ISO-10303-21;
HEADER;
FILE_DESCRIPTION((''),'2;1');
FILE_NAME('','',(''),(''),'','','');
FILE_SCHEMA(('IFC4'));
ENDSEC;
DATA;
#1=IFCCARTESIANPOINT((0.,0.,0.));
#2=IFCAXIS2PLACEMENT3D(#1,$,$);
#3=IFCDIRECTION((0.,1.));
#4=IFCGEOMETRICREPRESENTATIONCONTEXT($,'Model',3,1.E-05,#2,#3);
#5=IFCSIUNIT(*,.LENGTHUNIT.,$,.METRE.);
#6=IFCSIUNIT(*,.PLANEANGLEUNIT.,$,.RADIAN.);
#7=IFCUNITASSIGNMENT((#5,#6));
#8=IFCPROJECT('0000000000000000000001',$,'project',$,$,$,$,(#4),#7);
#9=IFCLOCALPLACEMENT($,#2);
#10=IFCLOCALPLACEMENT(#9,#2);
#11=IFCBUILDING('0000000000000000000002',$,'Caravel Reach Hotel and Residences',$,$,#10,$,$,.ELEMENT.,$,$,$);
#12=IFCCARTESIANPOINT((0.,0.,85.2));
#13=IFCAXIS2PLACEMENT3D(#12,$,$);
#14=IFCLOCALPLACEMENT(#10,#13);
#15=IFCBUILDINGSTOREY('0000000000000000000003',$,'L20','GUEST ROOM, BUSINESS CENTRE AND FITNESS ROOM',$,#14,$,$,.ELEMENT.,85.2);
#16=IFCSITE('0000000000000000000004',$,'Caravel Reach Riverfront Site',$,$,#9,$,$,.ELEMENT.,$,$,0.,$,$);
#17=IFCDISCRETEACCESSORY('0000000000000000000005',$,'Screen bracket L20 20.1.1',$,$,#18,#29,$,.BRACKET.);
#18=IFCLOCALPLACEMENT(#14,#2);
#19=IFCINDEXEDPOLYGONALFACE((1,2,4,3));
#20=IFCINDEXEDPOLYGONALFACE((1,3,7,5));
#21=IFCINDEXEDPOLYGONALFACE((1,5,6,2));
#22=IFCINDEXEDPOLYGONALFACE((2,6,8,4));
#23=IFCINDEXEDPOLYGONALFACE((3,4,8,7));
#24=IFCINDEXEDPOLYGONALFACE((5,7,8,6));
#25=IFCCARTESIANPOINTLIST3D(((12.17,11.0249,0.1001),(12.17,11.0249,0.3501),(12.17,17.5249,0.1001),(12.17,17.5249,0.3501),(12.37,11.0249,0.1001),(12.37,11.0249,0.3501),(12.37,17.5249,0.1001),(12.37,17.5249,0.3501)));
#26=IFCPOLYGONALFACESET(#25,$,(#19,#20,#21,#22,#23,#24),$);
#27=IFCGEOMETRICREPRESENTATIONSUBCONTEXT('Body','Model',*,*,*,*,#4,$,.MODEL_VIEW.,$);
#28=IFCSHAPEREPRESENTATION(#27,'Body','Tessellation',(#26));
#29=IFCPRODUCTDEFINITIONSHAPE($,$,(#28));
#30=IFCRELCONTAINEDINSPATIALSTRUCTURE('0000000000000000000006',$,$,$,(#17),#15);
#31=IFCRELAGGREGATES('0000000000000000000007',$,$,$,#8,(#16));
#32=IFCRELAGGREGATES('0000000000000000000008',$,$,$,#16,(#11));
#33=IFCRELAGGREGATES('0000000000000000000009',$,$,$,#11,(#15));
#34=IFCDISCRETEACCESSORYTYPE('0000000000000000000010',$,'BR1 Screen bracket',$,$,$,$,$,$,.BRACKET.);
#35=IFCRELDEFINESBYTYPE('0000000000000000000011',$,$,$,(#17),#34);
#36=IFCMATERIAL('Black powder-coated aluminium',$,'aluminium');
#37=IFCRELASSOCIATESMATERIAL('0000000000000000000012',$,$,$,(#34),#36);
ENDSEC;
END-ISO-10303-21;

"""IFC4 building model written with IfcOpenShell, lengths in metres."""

from ifc_helpers import new_model, si_unit, direction, frame, origin, origin_2d, place, context, subcontext, project, spatial, rectangle, extrude, material, type_object, element, save


model = new_model("IFC4")

# Units and contexts
model_context = context("Model", 3, precision=1e-05, world=origin(), true_north=direction((0.0, 1.0)))
body_context = subcontext(model_context, "Body", "Model", "MODEL_VIEW")
ifc_project = project(units=[si_unit("LENGTHUNIT", "METRE"), si_unit("PLANEANGLEUNIT", "RADIAN")], contexts=[model_context])

# Site, building, storey
site_placement = place(None, origin())
site = spatial("IfcSite", under=ifc_project, at=site_placement, Name="Caravel Reach Riverfront Site", CompositionType="ELEMENT", RefElevation=0.0)
building_placement = place(site_placement, origin())
building = spatial("IfcBuilding", under=site, at=building_placement, Name="Caravel Reach Hotel and Residences", CompositionType="ELEMENT")
storey_placement = place(building_placement, frame((0.0, 0.0, 85.2)))
storey = spatial("IfcBuildingStorey", under=building, at=storey_placement, Name="L20", Description="GUEST ROOM, BUSINESS CENTRE AND FITNESS ROOM", CompositionType="ELEMENT", Elevation=85.2)

# Discrete accessory
ifc_material_1 = material(Name="Black powder-coated aluminium", Category="aluminium")
discrete_accessory_type = type_object("IfcDiscreteAccessoryType", Name="BR1 Screen bracket", PredefinedType="BRACKET", material=ifc_material_1)
for number, where, z_axis, x_axis, name in (
    (1, (12.27, 14.2749, 0.1001), (0.0, 0.0, 1.0), (0.0, -1.0, 0.0), "Screen bracket L20 20.1.1"),
):
    element("IfcDiscreteAccessory", number, at=place(storey_placement, frame(where, z_axis=z_axis, x_axis=x_axis)), inside=storey, type_object=discrete_accessory_type, Name=name, PredefinedType="BRACKET", context=body_context, shape_type="SweptSolid", body=[
        extrude(rectangle(XDim=6.5, YDim=0.2, at=origin_2d()), origin(), (0.0, 0.0, 1.0), 0.25),
    ])

save(model, "model.ifc")
